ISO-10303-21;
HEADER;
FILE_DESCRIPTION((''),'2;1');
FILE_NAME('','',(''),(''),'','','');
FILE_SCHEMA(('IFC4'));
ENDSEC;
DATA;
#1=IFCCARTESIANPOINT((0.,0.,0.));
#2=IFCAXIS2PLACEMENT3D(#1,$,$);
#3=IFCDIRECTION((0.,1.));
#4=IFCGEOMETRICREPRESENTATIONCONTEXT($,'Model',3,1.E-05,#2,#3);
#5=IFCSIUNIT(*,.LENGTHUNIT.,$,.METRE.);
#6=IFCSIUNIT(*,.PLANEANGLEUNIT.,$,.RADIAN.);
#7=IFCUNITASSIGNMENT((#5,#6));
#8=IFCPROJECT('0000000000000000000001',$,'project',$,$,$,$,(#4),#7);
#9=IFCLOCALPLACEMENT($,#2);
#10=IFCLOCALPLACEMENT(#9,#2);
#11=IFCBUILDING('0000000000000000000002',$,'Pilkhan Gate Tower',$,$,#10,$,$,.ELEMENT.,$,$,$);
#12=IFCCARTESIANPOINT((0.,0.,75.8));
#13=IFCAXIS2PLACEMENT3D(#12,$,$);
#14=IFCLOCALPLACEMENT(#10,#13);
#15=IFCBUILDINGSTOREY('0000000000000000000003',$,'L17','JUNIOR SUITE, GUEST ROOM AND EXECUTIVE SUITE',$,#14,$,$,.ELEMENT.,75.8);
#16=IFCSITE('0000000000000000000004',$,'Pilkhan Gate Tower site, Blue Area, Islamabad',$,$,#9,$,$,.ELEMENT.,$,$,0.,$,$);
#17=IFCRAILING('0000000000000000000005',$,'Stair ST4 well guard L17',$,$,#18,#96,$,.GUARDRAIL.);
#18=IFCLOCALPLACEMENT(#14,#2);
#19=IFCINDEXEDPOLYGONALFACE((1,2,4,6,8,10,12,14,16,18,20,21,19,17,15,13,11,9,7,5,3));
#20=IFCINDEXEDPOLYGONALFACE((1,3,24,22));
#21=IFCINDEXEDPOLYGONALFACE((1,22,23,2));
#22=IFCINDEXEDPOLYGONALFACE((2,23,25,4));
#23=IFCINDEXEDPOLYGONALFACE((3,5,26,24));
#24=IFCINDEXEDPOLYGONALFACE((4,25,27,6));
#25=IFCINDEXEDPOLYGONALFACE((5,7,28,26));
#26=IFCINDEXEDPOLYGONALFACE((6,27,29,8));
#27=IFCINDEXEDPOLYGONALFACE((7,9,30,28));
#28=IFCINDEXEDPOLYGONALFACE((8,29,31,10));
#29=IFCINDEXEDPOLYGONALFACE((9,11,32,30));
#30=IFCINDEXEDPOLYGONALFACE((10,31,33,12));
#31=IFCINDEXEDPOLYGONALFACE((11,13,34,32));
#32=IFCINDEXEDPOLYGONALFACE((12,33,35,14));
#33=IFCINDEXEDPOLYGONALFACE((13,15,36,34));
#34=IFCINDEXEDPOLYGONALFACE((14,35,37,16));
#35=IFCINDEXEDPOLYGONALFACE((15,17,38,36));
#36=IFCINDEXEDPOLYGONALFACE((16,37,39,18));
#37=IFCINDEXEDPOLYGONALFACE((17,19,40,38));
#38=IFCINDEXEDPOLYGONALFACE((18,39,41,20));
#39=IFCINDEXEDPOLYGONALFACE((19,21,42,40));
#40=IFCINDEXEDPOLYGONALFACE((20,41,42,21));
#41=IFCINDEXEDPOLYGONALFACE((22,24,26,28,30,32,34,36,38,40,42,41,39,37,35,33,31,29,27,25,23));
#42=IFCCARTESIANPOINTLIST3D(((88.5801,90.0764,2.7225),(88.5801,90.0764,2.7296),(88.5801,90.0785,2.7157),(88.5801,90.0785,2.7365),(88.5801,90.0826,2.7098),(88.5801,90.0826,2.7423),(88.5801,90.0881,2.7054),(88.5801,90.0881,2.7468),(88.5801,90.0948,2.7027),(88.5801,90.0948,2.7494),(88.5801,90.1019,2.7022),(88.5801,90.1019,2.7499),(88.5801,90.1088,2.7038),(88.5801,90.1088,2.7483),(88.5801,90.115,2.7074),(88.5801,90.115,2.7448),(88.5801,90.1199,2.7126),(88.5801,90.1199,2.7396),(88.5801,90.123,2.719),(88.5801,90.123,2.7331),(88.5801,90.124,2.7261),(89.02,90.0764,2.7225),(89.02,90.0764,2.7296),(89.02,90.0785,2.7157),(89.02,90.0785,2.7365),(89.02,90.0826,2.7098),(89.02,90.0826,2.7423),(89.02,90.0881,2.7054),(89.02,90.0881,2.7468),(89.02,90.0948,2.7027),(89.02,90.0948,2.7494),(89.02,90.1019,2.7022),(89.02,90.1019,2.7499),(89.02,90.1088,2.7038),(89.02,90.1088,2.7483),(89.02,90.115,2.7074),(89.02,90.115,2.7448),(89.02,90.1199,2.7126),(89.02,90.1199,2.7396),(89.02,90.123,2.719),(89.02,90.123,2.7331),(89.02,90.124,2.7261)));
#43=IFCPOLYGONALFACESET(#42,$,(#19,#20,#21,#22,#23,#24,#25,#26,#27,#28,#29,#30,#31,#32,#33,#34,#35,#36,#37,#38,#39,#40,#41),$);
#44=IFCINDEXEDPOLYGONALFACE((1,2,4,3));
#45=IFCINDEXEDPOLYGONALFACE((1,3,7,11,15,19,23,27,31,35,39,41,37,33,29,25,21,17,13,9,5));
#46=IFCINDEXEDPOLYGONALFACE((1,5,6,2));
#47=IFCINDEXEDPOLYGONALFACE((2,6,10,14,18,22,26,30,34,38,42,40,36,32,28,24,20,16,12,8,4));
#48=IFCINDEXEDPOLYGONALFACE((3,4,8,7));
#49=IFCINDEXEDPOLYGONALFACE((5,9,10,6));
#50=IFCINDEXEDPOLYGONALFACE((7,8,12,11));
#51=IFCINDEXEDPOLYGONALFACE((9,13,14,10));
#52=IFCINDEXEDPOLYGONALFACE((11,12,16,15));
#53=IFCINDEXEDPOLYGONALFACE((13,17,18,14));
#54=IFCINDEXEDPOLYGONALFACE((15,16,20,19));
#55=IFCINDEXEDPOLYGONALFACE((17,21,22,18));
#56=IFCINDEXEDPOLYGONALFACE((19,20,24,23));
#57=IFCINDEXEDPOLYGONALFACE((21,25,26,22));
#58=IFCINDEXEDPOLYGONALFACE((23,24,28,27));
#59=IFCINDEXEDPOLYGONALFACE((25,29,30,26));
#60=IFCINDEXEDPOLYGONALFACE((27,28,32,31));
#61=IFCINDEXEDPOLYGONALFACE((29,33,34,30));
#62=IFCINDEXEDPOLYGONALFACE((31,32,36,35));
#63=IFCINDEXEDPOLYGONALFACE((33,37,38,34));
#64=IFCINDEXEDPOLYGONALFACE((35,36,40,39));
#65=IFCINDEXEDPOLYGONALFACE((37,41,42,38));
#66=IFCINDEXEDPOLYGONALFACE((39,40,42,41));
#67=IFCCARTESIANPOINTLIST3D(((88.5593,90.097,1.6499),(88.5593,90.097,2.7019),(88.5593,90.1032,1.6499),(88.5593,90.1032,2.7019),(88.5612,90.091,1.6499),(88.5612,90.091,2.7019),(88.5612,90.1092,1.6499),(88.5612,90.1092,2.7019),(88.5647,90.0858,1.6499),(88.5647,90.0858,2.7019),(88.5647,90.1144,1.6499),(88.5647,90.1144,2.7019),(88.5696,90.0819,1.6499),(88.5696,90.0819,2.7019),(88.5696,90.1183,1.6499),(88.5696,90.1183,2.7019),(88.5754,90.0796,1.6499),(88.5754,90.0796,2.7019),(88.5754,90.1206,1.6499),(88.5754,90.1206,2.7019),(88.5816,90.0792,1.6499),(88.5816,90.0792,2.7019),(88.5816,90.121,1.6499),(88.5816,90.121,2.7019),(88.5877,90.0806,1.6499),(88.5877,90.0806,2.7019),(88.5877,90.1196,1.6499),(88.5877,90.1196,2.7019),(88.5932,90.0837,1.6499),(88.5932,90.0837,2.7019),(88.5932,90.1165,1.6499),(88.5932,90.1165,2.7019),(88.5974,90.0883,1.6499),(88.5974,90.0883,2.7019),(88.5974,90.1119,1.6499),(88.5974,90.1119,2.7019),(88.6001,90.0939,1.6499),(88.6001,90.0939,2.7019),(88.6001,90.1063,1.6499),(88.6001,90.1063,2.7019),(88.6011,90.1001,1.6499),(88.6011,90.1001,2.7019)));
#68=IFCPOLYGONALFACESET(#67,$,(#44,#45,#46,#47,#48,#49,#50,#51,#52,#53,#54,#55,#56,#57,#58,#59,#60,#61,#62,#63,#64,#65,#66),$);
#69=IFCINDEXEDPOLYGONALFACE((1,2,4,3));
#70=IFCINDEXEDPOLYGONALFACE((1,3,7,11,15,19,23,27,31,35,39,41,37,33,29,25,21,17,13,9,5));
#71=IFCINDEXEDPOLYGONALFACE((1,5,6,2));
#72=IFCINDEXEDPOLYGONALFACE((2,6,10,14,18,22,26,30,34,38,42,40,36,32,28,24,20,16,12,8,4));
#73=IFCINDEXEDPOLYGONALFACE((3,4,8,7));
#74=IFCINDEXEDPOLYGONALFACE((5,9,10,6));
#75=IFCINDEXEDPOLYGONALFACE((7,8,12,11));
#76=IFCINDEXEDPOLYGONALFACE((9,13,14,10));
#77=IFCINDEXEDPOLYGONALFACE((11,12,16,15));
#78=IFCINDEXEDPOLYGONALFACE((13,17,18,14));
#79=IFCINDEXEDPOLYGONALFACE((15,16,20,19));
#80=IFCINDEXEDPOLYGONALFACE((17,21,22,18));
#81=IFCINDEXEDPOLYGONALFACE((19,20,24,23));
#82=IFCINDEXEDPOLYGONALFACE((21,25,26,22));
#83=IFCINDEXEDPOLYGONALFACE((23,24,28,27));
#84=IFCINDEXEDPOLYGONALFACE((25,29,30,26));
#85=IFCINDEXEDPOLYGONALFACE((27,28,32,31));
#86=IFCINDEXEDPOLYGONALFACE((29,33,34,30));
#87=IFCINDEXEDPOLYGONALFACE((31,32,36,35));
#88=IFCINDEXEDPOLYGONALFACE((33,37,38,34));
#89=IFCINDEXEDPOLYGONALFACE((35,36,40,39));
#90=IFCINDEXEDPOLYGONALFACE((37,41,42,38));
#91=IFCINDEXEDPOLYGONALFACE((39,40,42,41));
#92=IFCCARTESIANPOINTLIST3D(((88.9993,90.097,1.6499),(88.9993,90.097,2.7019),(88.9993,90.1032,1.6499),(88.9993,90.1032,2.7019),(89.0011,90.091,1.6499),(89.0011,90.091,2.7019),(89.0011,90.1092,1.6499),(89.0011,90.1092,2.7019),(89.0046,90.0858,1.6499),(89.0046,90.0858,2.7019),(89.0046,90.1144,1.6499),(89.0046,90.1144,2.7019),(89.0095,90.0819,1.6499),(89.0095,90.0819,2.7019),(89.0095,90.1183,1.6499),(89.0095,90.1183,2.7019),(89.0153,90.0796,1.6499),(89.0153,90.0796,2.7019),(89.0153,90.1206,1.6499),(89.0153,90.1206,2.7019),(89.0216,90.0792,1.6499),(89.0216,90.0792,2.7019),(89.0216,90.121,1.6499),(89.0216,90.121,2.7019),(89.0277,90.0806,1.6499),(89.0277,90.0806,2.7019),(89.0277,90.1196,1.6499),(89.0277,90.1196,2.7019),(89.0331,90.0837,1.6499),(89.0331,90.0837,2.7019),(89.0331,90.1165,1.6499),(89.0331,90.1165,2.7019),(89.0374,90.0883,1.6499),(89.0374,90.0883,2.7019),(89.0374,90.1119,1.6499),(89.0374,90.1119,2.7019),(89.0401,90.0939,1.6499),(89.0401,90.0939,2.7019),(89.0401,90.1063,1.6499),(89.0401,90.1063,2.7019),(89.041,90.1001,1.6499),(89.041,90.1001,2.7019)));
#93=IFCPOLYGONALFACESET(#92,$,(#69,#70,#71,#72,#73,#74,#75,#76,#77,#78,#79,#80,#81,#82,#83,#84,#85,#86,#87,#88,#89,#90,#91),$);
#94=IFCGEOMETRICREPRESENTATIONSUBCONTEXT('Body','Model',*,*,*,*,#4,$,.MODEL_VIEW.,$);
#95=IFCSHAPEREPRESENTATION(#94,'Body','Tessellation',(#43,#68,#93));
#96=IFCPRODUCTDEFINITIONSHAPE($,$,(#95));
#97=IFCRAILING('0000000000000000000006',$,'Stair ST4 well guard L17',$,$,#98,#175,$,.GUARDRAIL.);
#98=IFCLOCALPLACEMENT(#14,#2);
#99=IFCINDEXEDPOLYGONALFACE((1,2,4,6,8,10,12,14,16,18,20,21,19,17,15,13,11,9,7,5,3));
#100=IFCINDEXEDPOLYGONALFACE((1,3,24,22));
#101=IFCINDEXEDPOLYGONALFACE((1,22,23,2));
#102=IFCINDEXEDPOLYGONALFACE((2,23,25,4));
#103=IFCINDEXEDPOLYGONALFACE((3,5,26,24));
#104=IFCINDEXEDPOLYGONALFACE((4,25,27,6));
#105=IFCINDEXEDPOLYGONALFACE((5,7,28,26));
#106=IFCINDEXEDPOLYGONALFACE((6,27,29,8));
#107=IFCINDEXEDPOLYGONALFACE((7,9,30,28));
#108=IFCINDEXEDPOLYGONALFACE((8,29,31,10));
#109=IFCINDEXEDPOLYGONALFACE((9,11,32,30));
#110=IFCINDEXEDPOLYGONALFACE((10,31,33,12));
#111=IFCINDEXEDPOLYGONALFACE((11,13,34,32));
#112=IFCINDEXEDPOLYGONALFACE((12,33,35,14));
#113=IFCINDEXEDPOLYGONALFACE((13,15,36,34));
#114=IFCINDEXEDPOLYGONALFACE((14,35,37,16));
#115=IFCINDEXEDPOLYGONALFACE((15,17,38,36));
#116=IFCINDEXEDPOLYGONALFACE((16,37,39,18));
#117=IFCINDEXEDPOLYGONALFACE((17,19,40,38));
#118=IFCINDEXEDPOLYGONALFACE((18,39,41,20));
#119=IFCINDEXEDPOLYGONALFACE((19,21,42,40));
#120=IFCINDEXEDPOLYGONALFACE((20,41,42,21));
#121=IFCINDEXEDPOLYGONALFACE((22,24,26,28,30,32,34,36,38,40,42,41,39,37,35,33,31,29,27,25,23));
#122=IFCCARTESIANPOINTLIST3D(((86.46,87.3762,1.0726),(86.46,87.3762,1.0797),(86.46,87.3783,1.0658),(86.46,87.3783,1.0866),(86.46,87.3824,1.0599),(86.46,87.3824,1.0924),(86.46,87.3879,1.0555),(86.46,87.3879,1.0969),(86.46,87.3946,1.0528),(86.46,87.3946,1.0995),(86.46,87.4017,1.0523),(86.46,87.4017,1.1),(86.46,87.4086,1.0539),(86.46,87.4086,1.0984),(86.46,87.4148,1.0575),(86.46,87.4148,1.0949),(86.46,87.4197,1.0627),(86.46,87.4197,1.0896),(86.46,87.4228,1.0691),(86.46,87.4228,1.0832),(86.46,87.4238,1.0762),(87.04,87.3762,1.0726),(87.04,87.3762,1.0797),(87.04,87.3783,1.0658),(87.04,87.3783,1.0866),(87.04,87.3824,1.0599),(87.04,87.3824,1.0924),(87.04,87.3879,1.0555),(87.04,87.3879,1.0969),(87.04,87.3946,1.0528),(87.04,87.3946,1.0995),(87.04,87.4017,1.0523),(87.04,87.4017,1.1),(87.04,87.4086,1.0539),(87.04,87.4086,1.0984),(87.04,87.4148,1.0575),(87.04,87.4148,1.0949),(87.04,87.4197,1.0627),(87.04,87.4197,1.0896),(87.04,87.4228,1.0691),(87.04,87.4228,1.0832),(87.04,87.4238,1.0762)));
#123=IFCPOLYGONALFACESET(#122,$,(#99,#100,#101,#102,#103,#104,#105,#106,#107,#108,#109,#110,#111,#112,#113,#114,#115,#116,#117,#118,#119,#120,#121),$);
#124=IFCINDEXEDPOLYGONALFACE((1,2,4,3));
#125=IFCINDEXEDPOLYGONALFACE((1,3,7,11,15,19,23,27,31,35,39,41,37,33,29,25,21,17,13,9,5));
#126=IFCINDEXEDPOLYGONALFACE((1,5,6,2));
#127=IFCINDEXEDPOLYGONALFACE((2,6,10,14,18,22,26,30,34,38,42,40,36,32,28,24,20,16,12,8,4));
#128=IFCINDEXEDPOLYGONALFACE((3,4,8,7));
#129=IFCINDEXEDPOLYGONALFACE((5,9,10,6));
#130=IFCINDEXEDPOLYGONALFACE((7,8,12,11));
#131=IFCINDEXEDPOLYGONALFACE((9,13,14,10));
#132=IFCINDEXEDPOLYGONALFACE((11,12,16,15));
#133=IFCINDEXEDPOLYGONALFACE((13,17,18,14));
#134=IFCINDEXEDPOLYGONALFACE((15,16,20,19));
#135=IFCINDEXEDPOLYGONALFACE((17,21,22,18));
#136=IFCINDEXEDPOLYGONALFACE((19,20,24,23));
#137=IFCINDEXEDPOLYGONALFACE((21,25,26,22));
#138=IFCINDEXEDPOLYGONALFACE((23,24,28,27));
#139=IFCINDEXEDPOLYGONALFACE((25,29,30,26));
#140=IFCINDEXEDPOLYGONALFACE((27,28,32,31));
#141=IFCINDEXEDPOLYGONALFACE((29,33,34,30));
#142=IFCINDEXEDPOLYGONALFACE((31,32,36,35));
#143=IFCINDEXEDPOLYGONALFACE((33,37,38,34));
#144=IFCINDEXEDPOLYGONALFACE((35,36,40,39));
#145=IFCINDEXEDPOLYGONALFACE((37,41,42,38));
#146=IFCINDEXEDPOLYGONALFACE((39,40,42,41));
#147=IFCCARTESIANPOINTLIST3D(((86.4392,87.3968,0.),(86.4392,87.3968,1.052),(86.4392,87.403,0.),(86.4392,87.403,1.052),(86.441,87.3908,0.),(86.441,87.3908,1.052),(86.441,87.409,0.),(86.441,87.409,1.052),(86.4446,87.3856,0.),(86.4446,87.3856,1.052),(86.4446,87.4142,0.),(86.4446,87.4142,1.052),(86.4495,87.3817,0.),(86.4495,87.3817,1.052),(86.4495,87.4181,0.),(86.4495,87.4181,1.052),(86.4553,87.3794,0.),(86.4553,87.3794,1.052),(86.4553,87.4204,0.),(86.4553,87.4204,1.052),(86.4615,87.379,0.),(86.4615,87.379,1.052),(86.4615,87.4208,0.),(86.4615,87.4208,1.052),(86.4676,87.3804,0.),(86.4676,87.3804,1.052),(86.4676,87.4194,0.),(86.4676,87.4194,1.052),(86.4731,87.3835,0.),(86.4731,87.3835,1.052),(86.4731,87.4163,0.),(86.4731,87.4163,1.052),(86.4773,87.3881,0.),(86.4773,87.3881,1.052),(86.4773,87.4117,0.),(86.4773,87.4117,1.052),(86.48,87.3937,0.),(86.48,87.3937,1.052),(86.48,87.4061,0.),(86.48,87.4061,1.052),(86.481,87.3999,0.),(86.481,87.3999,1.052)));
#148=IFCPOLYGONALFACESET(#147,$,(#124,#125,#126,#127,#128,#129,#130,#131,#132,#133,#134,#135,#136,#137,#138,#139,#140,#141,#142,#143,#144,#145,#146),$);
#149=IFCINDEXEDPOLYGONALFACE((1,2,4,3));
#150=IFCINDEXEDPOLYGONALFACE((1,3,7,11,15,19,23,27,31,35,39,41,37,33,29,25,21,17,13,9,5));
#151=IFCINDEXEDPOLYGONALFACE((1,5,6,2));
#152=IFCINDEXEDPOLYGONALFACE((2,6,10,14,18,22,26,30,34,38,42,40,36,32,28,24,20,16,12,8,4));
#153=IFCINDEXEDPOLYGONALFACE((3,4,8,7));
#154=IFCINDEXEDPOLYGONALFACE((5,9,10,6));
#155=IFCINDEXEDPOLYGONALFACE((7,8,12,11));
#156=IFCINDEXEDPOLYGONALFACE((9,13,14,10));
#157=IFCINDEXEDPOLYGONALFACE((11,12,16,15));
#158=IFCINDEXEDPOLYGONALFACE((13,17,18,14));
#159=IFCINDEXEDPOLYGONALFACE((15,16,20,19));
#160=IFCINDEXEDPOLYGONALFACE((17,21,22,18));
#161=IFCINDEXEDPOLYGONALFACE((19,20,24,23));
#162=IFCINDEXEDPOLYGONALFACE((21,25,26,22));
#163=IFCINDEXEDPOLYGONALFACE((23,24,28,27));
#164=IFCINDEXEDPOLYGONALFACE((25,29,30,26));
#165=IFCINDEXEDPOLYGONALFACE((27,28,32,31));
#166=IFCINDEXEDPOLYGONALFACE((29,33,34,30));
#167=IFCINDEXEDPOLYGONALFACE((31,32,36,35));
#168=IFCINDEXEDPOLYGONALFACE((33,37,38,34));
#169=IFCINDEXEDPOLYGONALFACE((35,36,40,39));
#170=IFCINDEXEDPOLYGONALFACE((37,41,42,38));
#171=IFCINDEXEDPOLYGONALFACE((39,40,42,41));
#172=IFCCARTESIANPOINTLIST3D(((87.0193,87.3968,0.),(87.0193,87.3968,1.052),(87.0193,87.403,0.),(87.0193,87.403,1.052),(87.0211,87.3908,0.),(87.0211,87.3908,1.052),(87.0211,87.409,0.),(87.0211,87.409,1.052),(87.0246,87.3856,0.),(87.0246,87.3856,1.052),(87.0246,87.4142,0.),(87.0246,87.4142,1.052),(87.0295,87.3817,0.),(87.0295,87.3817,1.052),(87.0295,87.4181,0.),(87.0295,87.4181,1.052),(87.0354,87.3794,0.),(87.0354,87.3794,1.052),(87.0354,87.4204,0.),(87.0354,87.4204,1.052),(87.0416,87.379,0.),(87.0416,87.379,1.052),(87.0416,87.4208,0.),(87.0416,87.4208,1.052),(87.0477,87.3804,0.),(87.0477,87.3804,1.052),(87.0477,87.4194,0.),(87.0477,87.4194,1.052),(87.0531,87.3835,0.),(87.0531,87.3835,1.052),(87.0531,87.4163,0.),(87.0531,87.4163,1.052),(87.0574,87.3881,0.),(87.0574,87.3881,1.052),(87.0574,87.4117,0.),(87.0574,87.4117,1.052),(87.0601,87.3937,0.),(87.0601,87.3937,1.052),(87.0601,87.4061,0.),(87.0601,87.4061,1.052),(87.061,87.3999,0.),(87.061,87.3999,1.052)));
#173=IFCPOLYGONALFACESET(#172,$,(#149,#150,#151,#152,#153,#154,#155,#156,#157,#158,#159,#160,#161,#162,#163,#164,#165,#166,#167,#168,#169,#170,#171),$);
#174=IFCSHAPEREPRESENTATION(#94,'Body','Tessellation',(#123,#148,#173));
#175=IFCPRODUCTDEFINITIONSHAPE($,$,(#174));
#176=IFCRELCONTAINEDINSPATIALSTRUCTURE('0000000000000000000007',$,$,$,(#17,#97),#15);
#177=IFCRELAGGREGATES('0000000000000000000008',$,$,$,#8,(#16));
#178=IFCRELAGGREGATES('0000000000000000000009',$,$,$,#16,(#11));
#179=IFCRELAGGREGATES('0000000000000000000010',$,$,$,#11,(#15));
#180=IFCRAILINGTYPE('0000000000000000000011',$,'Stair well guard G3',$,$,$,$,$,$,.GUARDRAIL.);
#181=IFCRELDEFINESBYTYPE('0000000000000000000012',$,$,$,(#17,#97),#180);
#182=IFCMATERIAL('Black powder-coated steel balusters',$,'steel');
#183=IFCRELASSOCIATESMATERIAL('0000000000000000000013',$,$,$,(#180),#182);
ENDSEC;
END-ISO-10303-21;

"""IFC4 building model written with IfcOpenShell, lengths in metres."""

from ifc_helpers import new_model, si_unit, direction, frame, origin, origin_2d, place, context, subcontext, project, spatial, circle, extrude, material, type_object, element, save


model = new_model("IFC4")

# Units and contexts
model_context = context("Model", 3, precision=1e-05, world=origin(), true_north=direction((0.0, 1.0)))
body_context = subcontext(model_context, "Body", "Model", "MODEL_VIEW")
ifc_project = project(units=[si_unit("LENGTHUNIT", "METRE"), si_unit("PLANEANGLEUNIT", "RADIAN")], contexts=[model_context])

# Site, building, storey
site_placement = place(None, origin())
site = spatial("IfcSite", under=ifc_project, at=site_placement, Name="Pilkhan Gate Tower site, Blue Area, Islamabad", CompositionType="ELEMENT", RefElevation=0.0)
building_placement = place(site_placement, origin())
building = spatial("IfcBuilding", under=site, at=building_placement, Name="Pilkhan Gate Tower", CompositionType="ELEMENT")
storey_placement = place(building_placement, frame((0.0, 0.0, 75.8)))
storey = spatial("IfcBuildingStorey", under=building, at=storey_placement, Name="L17", Description="JUNIOR SUITE, GUEST ROOM AND EXECUTIVE SUITE", CompositionType="ELEMENT", Elevation=75.8)

# Railings
ifc_material_1 = material(Name="Black powder-coated steel balusters", Category="steel")
railing_type_1 = type_object("IfcRailingType", Name="Stair well guard G3", PredefinedType="GUARDRAIL", material=ifc_material_1)
railing_1_placement = place(storey_placement, frame((88.5801, 90.1001, 1.6499)))
element("IfcRailing", 1, at=railing_1_placement, inside=storey, type_object=railing_type_1, Name="Stair ST4 well guard L17", PredefinedType="GUARDRAIL", context=body_context, shape_type="SweptSolid", body=[
    extrude(circle(Radius=0.0239, at=origin_2d()), frame((0.0, 0.0, 1.0762), z_axis=(1.0, 0.0, 0.0), x_axis=(0.0, 1.0, 0.0)), (0.0, 0.0, 1.0), 0.4399),
    extrude(circle(Radius=0.021, at=origin_2d()), origin(), (0.0, 0.0, 1.0), 1.052),
    extrude(circle(Radius=0.021, at=origin_2d()), frame((0.4399, 0.0, 0.0)), (0.0, 0.0, 1.0), 1.052),
])
for number, where, name in (
    (2, (86.46, 87.3999, 0.0), "Stair ST4 well guard L17"),
):
    element("IfcRailing", number, at=place(storey_placement, frame(where)), inside=storey, type_object=railing_type_1, Name=name, PredefinedType="GUARDRAIL", context=body_context, shape_type="SweptSolid", body=[
        extrude(circle(Radius=0.0239, at=origin_2d()), frame((0.0, 0.0, 1.0762), z_axis=(1.0, 0.0, 0.0), x_axis=(0.0, 1.0, 0.0)), (0.0, 0.0, 1.0), 0.5801),
        extrude(circle(Radius=0.021, at=origin_2d()), origin(), (0.0, 0.0, 1.0), 1.052),
        extrude(circle(Radius=0.021, at=origin_2d()), frame((0.5801, 0.0, 0.0)), (0.0, 0.0, 1.0), 1.052),
    ])

save(model, "model.ifc")
